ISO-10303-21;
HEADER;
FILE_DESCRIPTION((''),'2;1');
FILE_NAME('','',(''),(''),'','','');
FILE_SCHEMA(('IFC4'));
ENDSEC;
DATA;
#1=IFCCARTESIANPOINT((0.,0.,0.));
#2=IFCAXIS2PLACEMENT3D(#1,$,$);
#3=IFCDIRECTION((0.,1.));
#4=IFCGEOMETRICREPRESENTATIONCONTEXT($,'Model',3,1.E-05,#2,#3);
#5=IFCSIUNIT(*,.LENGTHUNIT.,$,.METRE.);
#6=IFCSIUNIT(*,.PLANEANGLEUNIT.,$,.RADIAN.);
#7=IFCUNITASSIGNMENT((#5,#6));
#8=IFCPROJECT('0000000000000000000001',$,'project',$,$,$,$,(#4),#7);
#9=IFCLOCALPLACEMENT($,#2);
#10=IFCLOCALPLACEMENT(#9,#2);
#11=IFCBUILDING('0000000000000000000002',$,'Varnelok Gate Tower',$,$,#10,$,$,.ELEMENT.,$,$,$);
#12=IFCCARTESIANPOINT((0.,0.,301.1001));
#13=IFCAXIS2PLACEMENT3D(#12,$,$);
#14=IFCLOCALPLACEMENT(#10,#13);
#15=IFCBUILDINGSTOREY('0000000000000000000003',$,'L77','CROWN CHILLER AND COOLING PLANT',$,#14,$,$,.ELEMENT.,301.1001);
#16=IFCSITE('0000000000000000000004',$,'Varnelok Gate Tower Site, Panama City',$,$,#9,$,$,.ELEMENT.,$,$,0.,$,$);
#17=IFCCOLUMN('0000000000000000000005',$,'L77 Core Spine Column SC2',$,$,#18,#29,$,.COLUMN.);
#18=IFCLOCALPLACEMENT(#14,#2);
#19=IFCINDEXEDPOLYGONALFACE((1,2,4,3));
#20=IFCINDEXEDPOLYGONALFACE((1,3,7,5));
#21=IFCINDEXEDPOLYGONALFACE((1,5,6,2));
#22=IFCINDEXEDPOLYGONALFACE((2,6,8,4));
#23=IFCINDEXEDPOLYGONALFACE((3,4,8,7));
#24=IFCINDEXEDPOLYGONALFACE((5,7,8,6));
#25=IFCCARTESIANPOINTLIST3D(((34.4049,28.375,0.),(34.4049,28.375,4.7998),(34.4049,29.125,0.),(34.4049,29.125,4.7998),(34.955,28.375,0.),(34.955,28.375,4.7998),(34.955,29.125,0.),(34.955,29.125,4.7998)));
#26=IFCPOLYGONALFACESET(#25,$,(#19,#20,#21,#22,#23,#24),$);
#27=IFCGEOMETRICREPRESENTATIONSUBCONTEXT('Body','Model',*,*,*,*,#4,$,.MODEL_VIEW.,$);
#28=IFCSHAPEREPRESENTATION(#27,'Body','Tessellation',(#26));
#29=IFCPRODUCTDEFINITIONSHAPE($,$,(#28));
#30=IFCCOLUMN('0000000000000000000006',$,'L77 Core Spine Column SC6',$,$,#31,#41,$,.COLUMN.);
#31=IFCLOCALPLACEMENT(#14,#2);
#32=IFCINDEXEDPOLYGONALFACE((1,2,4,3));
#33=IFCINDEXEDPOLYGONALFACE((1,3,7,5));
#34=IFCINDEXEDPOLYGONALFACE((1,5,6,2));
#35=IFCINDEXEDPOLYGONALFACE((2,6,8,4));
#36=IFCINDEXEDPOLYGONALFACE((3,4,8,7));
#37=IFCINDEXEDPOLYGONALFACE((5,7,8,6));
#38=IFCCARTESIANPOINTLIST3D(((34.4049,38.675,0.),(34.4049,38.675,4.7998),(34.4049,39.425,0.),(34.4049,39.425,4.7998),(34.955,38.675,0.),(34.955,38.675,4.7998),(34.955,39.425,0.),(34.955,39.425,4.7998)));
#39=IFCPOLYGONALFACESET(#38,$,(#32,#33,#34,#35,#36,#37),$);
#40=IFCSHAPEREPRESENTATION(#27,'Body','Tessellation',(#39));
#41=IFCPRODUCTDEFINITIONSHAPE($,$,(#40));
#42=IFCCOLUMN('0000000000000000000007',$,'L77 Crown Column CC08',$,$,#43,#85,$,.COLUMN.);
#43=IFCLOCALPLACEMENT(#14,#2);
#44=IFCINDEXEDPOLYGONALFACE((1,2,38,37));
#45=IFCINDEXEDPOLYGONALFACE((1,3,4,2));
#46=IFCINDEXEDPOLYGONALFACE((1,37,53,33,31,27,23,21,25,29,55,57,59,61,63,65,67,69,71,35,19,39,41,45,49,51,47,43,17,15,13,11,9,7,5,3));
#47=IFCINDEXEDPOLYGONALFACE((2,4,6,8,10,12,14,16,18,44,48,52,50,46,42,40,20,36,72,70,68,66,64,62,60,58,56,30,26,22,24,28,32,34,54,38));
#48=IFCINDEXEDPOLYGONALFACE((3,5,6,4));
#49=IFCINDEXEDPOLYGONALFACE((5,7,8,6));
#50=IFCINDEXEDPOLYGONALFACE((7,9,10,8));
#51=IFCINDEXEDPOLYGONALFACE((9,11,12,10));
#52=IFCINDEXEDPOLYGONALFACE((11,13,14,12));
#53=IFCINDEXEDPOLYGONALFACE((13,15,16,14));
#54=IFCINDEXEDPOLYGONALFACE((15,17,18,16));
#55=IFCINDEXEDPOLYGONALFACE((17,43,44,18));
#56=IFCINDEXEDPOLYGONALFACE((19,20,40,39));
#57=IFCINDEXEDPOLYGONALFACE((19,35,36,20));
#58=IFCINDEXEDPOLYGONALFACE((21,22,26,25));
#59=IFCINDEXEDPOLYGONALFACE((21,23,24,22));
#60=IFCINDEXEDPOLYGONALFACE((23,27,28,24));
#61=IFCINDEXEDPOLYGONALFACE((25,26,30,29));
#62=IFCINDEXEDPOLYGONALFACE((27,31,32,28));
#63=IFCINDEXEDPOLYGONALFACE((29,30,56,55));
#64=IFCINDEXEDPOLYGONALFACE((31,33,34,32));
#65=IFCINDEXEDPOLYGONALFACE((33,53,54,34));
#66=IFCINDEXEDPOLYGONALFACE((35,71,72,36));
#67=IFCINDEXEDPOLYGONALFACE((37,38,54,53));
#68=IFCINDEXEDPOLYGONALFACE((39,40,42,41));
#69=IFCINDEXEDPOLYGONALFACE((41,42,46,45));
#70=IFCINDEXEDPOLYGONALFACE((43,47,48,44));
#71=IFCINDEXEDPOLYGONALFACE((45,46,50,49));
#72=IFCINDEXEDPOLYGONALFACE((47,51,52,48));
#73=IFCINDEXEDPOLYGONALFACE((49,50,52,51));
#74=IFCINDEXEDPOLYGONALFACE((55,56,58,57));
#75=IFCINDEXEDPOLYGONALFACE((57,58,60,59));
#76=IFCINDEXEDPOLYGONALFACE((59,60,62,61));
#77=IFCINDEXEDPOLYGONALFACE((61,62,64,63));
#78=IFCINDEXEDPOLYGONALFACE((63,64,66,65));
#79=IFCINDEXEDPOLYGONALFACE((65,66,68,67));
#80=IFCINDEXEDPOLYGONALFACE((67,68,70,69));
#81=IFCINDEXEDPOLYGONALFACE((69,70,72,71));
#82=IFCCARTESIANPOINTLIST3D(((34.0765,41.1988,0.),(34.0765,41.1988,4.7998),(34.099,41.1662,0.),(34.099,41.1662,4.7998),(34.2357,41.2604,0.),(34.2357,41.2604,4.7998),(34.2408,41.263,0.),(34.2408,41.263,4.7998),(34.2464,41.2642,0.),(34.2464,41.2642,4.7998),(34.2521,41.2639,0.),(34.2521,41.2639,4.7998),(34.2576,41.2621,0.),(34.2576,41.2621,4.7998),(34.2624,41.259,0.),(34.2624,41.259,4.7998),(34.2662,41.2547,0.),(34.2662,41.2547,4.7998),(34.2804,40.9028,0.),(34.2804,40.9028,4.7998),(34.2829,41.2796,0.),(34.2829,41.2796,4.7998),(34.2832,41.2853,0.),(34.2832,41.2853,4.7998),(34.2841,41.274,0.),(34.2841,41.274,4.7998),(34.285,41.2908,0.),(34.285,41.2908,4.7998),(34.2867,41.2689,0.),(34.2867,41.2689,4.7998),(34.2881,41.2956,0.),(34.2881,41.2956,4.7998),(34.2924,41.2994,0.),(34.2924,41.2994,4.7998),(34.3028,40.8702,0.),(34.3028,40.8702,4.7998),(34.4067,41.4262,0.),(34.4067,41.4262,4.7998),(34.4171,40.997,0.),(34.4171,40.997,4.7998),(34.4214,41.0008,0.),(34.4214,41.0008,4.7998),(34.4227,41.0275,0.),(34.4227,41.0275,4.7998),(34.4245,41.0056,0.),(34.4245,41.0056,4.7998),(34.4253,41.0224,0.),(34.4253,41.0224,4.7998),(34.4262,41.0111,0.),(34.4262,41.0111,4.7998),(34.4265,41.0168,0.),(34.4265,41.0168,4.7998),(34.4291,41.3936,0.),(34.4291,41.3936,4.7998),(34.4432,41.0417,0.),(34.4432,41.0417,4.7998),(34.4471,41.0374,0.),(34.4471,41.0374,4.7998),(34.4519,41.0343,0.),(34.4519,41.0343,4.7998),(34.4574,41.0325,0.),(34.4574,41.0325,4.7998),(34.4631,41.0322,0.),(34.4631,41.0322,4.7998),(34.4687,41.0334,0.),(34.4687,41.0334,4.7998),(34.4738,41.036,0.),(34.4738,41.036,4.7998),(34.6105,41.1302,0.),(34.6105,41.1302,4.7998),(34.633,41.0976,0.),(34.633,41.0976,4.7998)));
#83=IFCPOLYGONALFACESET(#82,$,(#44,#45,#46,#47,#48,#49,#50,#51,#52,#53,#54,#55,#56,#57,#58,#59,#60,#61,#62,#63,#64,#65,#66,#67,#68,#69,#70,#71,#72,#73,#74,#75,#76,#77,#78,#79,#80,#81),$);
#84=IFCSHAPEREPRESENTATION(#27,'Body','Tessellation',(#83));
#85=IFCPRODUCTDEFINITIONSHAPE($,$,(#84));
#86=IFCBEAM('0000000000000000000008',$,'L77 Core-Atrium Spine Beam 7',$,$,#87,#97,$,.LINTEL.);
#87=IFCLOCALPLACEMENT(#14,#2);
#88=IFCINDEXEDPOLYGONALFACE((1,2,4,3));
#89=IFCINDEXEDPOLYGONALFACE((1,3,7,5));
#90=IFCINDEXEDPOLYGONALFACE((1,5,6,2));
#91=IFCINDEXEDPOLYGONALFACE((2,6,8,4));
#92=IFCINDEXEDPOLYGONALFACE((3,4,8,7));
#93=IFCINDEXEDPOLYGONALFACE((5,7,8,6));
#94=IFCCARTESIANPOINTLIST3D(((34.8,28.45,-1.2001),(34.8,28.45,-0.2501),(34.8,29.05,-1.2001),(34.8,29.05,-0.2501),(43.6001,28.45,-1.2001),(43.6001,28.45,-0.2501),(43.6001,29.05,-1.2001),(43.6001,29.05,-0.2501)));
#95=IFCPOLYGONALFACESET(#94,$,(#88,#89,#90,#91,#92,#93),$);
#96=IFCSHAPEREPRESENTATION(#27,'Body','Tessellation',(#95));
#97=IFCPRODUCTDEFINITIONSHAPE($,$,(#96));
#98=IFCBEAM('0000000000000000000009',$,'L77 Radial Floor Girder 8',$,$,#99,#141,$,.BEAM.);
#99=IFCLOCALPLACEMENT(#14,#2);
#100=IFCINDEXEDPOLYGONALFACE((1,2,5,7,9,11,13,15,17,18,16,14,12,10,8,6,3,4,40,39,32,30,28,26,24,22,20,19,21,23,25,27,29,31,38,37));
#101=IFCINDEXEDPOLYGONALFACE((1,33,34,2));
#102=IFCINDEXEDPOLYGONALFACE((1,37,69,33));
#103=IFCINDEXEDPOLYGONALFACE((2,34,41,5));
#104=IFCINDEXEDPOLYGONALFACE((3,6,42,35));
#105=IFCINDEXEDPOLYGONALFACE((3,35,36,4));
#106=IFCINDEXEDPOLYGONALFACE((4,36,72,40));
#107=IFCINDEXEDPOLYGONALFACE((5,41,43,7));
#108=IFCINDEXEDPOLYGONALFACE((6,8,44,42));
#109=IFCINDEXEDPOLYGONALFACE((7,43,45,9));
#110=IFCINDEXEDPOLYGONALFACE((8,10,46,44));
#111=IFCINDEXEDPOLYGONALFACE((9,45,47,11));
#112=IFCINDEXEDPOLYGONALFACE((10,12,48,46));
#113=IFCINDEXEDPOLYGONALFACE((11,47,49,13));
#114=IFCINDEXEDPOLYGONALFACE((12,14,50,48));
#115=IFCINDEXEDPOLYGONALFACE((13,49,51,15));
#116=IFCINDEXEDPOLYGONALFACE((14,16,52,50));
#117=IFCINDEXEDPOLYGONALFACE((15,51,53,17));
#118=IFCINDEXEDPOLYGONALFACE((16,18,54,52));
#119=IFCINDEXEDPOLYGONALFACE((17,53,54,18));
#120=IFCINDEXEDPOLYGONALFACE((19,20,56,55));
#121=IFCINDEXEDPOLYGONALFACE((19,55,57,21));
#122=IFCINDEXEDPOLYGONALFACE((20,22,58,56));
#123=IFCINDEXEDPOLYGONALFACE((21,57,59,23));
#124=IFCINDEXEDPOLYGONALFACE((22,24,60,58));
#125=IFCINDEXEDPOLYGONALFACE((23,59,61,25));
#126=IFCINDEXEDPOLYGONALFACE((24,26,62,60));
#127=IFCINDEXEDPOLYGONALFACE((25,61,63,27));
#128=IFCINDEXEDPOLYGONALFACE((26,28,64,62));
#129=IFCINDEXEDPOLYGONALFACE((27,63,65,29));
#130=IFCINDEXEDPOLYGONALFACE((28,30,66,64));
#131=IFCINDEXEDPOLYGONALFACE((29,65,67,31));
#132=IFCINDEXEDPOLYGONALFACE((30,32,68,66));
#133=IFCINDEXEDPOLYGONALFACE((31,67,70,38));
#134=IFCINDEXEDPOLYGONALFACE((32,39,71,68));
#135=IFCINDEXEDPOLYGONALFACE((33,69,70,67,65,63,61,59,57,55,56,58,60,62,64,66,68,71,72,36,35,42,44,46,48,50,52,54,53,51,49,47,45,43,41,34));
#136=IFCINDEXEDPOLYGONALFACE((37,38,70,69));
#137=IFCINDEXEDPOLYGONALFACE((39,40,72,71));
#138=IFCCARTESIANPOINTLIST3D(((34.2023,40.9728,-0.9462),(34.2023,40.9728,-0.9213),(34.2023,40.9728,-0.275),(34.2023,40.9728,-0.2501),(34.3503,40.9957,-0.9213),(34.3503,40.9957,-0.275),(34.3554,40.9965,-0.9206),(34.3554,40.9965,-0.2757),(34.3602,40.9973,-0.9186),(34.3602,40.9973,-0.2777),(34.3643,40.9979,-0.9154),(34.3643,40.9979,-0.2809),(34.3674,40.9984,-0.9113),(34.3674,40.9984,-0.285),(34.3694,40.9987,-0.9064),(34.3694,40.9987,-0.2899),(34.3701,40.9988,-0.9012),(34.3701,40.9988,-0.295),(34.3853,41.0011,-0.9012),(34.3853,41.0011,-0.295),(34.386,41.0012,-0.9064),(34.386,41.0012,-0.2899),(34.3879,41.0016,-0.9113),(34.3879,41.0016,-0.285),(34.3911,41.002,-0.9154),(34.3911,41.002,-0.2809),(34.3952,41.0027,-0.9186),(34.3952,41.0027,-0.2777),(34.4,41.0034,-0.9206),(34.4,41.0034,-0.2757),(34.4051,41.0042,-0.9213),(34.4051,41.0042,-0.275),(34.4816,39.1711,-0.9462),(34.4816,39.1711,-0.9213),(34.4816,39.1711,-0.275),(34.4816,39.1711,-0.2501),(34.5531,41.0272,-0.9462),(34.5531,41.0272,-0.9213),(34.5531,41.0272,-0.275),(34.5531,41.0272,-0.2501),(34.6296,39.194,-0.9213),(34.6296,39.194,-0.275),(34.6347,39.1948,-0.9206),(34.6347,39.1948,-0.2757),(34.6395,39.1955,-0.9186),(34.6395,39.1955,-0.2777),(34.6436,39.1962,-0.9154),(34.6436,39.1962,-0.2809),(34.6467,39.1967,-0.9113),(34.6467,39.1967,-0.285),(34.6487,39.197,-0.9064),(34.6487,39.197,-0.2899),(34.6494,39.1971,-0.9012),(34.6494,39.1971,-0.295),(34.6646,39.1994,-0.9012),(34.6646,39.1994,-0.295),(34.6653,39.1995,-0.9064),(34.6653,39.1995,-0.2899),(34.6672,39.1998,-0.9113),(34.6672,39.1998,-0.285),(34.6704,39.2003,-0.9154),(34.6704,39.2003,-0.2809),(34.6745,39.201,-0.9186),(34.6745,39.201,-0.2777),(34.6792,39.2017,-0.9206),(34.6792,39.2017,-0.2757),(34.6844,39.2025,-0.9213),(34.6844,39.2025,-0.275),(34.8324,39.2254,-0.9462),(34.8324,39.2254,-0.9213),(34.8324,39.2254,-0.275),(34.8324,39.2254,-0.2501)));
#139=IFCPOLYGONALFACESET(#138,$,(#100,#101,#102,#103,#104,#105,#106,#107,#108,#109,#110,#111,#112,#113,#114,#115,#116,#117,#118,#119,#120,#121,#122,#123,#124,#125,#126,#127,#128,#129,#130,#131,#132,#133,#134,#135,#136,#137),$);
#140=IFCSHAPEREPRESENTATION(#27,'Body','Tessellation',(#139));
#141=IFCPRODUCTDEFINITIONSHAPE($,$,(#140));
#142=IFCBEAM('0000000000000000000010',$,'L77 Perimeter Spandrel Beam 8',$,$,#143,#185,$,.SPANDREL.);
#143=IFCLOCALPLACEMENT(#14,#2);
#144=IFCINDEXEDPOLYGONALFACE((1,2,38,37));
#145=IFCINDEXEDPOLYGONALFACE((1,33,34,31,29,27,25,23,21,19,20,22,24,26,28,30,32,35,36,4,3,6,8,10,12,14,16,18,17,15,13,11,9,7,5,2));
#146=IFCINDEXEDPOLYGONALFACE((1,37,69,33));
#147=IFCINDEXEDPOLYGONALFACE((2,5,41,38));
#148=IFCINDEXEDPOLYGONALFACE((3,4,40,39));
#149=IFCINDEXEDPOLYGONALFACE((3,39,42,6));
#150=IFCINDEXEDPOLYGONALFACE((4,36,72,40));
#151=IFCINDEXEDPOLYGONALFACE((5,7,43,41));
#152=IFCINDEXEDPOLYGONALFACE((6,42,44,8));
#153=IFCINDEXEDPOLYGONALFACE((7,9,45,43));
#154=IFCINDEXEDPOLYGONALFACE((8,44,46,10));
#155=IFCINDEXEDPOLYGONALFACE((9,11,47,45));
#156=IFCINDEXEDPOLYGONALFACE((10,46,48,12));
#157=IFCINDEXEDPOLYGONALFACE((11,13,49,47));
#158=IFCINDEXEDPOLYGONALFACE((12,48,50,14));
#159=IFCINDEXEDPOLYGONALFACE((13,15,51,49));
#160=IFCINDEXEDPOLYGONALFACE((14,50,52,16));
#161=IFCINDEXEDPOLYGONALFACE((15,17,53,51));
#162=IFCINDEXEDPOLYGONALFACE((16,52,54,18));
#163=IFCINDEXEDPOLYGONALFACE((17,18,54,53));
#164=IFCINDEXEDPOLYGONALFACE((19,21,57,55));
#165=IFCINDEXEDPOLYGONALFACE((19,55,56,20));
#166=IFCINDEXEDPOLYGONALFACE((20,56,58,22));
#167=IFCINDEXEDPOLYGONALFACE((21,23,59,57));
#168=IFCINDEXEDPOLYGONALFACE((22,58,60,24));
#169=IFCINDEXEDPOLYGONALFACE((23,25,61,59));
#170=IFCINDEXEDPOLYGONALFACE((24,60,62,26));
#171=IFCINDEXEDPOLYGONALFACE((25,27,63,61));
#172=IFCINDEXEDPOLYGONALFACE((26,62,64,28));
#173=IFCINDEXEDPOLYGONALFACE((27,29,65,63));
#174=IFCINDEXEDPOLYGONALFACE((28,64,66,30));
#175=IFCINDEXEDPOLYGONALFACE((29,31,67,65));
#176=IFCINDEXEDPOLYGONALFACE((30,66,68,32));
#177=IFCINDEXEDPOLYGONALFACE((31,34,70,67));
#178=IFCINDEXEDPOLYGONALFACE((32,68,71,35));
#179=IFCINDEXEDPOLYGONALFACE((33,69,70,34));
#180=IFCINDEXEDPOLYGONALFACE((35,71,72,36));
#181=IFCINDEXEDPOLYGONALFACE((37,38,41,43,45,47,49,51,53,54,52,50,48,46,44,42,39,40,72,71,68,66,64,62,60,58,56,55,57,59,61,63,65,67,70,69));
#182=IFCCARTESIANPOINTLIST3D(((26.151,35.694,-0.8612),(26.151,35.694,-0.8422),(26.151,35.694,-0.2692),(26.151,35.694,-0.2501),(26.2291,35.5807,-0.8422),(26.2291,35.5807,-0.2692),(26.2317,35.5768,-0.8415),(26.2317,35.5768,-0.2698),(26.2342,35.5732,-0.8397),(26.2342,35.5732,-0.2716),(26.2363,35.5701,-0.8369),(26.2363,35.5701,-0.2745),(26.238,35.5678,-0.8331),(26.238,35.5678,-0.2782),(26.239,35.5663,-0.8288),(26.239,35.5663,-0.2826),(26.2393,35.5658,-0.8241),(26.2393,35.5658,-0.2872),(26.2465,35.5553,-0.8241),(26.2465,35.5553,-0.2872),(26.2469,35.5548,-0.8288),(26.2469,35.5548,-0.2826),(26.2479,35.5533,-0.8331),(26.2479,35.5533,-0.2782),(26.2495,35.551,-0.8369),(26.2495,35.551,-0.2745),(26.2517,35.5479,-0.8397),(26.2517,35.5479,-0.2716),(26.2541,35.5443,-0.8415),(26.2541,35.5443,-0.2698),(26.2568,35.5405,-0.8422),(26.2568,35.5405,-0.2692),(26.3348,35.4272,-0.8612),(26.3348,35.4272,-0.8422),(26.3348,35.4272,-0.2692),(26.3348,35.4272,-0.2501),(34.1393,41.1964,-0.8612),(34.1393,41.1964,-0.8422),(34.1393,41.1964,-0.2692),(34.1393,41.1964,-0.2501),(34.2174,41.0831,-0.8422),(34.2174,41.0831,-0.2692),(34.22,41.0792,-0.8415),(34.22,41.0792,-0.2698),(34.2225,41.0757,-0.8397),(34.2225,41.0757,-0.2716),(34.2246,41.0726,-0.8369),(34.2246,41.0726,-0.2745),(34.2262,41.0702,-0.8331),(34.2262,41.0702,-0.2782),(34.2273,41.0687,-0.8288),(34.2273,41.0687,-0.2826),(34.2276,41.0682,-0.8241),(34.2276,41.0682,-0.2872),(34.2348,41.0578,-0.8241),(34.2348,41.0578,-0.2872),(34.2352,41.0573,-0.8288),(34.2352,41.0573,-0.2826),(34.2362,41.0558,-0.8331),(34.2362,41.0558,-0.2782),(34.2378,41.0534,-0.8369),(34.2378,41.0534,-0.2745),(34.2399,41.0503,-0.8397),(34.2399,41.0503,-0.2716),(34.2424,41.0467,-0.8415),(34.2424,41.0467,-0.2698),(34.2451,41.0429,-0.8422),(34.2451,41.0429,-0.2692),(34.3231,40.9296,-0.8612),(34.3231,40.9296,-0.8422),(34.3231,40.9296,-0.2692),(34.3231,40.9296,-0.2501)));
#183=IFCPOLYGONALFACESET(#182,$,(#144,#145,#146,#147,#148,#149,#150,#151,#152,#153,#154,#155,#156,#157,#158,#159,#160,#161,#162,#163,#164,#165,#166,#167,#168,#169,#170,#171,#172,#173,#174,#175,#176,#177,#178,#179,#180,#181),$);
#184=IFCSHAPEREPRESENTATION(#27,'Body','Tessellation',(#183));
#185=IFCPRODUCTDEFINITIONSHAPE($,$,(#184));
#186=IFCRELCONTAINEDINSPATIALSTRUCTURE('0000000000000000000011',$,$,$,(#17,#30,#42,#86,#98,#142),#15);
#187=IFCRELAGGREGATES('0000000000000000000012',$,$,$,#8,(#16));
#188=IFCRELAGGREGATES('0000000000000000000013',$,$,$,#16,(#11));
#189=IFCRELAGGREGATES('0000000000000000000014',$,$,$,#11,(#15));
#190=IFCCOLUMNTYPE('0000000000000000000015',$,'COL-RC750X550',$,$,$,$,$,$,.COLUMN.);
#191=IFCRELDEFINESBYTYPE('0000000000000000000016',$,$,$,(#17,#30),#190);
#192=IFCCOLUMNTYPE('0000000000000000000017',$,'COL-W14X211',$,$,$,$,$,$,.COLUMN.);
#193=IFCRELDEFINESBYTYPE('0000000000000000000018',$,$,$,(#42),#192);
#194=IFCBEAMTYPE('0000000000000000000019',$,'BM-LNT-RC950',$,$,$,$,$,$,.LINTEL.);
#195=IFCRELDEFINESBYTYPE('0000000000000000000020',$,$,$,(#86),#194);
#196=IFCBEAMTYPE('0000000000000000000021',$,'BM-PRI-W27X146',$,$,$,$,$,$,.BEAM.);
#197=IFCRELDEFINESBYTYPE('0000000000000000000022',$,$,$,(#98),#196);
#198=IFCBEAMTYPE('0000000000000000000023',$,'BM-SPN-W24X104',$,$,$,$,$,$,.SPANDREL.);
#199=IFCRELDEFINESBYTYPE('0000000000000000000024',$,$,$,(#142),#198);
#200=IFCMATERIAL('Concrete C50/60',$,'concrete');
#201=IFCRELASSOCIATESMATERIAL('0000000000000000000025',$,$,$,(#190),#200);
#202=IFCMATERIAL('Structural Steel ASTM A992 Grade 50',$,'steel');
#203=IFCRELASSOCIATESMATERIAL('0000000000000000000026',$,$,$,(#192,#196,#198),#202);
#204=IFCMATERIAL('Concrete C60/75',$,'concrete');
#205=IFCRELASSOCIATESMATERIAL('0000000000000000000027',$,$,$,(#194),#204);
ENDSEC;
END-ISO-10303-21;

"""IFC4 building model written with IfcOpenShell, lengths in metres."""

from ifc_helpers import new_model, si_unit, direction, frame, origin, origin_2d, place, context, subcontext, project, spatial, rectangle, i_section, extrude, material, material_profile, profile_set, type_object, element, save


model = new_model("IFC4")

# Units and contexts
model_context = context("Model", 3, precision=1e-05, world=origin(), true_north=direction((0.0, 1.0)))
body_context = subcontext(model_context, "Body", "Model", "MODEL_VIEW")
ifc_project = project(units=[si_unit("LENGTHUNIT", "METRE"), si_unit("PLANEANGLEUNIT", "RADIAN")], contexts=[model_context])

# Site, building, storey
site_placement = place(None, origin())
site = spatial("IfcSite", under=ifc_project, at=site_placement, Name="Varnelok Gate Tower Site, Panama City", CompositionType="ELEMENT", RefElevation=0.0)
building_placement = place(site_placement, origin())
building = spatial("IfcBuilding", under=site, at=building_placement, Name="Varnelok Gate Tower", CompositionType="ELEMENT")
storey_placement = place(building_placement, frame((0.0, 0.0, 301.1001)))
storey = spatial("IfcBuildingStorey", under=building, at=storey_placement, Name="L77", Description="CROWN CHILLER AND COOLING PLANT", CompositionType="ELEMENT", Elevation=301.1001)

# Columns
ifc_material_1 = material(Name="Concrete C50/60", Category="concrete")
ifc_material_profile_1 = material_profile(ifc_material_1, rectangle(XDim=0.55, YDim=0.75, at=origin_2d()), Name="RC750X550")
ifc_profile_set_1 = profile_set([ifc_material_profile_1], Name="Concrete C50/60")
column_type_1 = type_object("IfcColumnType", Name="COL-RC750X550", PredefinedType="COLUMN", material=ifc_profile_set_1)
for number, where, z_axis, x_axis, name in (
    (1, (34.6799, 28.75, 0.0), (0.0, 0.0, 1.0), (1.0, 0.0, 0.0), "L77 Core Spine Column SC2"),
    (2, (34.6799, 39.05, 0.0), (0.0, 0.0, 1.0), (1.0, 0.0, 0.0), "L77 Core Spine Column SC6"),
):
    element("IfcColumn", number, at=place(storey_placement, frame(where, z_axis=z_axis, x_axis=x_axis)), inside=storey, type_object=column_type_1, Name=name, PredefinedType="COLUMN", context=body_context, shape_type="SweptSolid", body=[
        extrude(rectangle(XDim=0.55, YDim=0.75, at=origin_2d()), origin(), (0.0, 0.0, 1.0), 4.7998),
    ])
ifc_material_2 = material(Name="Structural Steel ASTM A992 Grade 50", Category="steel")
ifc_material_profile_2 = material_profile(ifc_material_2, i_section(OverallWidth=0.4009, OverallDepth=0.3989, WebThickness=0.0249, FlangeThickness=0.0396, FilletRadius=0.022, at=origin_2d()), Name="W14X211")
ifc_profile_set_2 = profile_set([ifc_material_profile_2], Name="Structural Steel ASTM A992 Grade 50")
column_type_2 = type_object("IfcColumnType", Name="COL-W14X211", PredefinedType="COLUMN", material=ifc_profile_set_2)
column_placement = place(storey_placement, frame((34.3547, 41.1482, 0.0), z_axis=(0.0, 0.0, 1.0), x_axis=(0.823533, 0.567269, 0.0)))
element("IfcColumn", 3, at=column_placement, inside=storey, type_object=column_type_2, Name="L77 Crown Column CC08", PredefinedType="COLUMN", context=body_context, shape_type="SweptSolid", body=[
    extrude(i_section(OverallWidth=0.4009, OverallDepth=0.3989, WebThickness=0.0249, FlangeThickness=0.0396, FilletRadius=0.022, at=origin_2d()), origin(), (0.0, 0.0, 1.0), 4.7998),
])

# Beams
ifc_material_3 = material(Name="Concrete C60/75", Category="concrete")
ifc_material_profile_3 = material_profile(ifc_material_3, rectangle(XDim=0.6001, YDim=0.95, at=origin_2d()), Name="RC950X600")
ifc_profile_set_3 = profile_set([ifc_material_profile_3], Name="Concrete C60/75")
beam_type_1 = type_object("IfcBeamType", Name="BM-LNT-RC950", PredefinedType="LINTEL", material=ifc_profile_set_3)
beam_1_placement = place(storey_placement, frame((34.8, 28.75, -0.7251), z_axis=(1.0, 0.0, 0.0), x_axis=(0.0, 1.0, 0.0)))
element("IfcBeam", 4, at=beam_1_placement, inside=storey, type_object=beam_type_1, Name="L77 Core-Atrium Spine Beam 7", PredefinedType="LINTEL", context=body_context, shape_type="SweptSolid", body=[
    extrude(rectangle(XDim=0.6001, YDim=0.95, at=origin_2d()), origin(), (0.0, 0.0, 1.0), 8.8),
])
ifc_material_profile_4 = material_profile(ifc_material_2, i_section(OverallWidth=0.355, OverallDepth=0.696, WebThickness=0.0154, FlangeThickness=0.0249, FilletRadius=0.02, at=origin_2d()), Name="W27X146")
ifc_profile_set_4 = profile_set([ifc_material_profile_4], Name="Structural Steel ASTM A992 Grade 50")
beam_type_2 = type_object("IfcBeamType", Name="BM-PRI-W27X146", PredefinedType="BEAM", material=ifc_profile_set_4)
beam_2_placement = place(storey_placement, frame((34.657, 39.1982, -0.5981), z_axis=(-0.153184, 0.988198, 0.0), x_axis=(-0.988198, -0.153184, 0.0)))
element("IfcBeam", 5, at=beam_2_placement, inside=storey, type_object=beam_type_2, Name="L77 Radial Floor Girder 8", PredefinedType="BEAM", context=body_context, shape_type="SweptSolid", body=[
    extrude(i_section(OverallWidth=0.355, OverallDepth=0.696, WebThickness=0.0154, FlangeThickness=0.0249, FilletRadius=0.02, at=origin_2d()), origin(), (0.0, 0.0, 1.0), 1.8232),
])
ifc_material_profile_5 = material_profile(ifc_material_2, i_section(OverallWidth=0.324, OverallDepth=0.6111, WebThickness=0.0127, FlangeThickness=0.019, FilletRadius=0.0181, at=origin_2d()), Name="W24X104")
ifc_profile_set_5 = profile_set([ifc_material_profile_5], Name="Structural Steel ASTM A992 Grade 50")
beam_type_3 = type_object("IfcBeamType", Name="BM-SPN-W24X104", PredefinedType="SPANDREL", material=ifc_profile_set_5)
beam_3_placement = place(storey_placement, frame((34.2312, 41.063, -0.5557), z_axis=(-0.823536, -0.567264, 0.0), x_axis=(0.567264, -0.823536, 0.0)))
element("IfcBeam", 6, at=beam_3_placement, inside=storey, type_object=beam_type_3, Name="L77 Perimeter Spandrel Beam 8", PredefinedType="SPANDREL", context=body_context, shape_type="SweptSolid", body=[
    extrude(i_section(OverallWidth=0.324, OverallDepth=0.6111, WebThickness=0.0127, FlangeThickness=0.019, FilletRadius=0.0181, at=origin_2d()), origin(), (0.0, 0.0, 1.0), 9.7),
])

save(model, "model.ifc")
